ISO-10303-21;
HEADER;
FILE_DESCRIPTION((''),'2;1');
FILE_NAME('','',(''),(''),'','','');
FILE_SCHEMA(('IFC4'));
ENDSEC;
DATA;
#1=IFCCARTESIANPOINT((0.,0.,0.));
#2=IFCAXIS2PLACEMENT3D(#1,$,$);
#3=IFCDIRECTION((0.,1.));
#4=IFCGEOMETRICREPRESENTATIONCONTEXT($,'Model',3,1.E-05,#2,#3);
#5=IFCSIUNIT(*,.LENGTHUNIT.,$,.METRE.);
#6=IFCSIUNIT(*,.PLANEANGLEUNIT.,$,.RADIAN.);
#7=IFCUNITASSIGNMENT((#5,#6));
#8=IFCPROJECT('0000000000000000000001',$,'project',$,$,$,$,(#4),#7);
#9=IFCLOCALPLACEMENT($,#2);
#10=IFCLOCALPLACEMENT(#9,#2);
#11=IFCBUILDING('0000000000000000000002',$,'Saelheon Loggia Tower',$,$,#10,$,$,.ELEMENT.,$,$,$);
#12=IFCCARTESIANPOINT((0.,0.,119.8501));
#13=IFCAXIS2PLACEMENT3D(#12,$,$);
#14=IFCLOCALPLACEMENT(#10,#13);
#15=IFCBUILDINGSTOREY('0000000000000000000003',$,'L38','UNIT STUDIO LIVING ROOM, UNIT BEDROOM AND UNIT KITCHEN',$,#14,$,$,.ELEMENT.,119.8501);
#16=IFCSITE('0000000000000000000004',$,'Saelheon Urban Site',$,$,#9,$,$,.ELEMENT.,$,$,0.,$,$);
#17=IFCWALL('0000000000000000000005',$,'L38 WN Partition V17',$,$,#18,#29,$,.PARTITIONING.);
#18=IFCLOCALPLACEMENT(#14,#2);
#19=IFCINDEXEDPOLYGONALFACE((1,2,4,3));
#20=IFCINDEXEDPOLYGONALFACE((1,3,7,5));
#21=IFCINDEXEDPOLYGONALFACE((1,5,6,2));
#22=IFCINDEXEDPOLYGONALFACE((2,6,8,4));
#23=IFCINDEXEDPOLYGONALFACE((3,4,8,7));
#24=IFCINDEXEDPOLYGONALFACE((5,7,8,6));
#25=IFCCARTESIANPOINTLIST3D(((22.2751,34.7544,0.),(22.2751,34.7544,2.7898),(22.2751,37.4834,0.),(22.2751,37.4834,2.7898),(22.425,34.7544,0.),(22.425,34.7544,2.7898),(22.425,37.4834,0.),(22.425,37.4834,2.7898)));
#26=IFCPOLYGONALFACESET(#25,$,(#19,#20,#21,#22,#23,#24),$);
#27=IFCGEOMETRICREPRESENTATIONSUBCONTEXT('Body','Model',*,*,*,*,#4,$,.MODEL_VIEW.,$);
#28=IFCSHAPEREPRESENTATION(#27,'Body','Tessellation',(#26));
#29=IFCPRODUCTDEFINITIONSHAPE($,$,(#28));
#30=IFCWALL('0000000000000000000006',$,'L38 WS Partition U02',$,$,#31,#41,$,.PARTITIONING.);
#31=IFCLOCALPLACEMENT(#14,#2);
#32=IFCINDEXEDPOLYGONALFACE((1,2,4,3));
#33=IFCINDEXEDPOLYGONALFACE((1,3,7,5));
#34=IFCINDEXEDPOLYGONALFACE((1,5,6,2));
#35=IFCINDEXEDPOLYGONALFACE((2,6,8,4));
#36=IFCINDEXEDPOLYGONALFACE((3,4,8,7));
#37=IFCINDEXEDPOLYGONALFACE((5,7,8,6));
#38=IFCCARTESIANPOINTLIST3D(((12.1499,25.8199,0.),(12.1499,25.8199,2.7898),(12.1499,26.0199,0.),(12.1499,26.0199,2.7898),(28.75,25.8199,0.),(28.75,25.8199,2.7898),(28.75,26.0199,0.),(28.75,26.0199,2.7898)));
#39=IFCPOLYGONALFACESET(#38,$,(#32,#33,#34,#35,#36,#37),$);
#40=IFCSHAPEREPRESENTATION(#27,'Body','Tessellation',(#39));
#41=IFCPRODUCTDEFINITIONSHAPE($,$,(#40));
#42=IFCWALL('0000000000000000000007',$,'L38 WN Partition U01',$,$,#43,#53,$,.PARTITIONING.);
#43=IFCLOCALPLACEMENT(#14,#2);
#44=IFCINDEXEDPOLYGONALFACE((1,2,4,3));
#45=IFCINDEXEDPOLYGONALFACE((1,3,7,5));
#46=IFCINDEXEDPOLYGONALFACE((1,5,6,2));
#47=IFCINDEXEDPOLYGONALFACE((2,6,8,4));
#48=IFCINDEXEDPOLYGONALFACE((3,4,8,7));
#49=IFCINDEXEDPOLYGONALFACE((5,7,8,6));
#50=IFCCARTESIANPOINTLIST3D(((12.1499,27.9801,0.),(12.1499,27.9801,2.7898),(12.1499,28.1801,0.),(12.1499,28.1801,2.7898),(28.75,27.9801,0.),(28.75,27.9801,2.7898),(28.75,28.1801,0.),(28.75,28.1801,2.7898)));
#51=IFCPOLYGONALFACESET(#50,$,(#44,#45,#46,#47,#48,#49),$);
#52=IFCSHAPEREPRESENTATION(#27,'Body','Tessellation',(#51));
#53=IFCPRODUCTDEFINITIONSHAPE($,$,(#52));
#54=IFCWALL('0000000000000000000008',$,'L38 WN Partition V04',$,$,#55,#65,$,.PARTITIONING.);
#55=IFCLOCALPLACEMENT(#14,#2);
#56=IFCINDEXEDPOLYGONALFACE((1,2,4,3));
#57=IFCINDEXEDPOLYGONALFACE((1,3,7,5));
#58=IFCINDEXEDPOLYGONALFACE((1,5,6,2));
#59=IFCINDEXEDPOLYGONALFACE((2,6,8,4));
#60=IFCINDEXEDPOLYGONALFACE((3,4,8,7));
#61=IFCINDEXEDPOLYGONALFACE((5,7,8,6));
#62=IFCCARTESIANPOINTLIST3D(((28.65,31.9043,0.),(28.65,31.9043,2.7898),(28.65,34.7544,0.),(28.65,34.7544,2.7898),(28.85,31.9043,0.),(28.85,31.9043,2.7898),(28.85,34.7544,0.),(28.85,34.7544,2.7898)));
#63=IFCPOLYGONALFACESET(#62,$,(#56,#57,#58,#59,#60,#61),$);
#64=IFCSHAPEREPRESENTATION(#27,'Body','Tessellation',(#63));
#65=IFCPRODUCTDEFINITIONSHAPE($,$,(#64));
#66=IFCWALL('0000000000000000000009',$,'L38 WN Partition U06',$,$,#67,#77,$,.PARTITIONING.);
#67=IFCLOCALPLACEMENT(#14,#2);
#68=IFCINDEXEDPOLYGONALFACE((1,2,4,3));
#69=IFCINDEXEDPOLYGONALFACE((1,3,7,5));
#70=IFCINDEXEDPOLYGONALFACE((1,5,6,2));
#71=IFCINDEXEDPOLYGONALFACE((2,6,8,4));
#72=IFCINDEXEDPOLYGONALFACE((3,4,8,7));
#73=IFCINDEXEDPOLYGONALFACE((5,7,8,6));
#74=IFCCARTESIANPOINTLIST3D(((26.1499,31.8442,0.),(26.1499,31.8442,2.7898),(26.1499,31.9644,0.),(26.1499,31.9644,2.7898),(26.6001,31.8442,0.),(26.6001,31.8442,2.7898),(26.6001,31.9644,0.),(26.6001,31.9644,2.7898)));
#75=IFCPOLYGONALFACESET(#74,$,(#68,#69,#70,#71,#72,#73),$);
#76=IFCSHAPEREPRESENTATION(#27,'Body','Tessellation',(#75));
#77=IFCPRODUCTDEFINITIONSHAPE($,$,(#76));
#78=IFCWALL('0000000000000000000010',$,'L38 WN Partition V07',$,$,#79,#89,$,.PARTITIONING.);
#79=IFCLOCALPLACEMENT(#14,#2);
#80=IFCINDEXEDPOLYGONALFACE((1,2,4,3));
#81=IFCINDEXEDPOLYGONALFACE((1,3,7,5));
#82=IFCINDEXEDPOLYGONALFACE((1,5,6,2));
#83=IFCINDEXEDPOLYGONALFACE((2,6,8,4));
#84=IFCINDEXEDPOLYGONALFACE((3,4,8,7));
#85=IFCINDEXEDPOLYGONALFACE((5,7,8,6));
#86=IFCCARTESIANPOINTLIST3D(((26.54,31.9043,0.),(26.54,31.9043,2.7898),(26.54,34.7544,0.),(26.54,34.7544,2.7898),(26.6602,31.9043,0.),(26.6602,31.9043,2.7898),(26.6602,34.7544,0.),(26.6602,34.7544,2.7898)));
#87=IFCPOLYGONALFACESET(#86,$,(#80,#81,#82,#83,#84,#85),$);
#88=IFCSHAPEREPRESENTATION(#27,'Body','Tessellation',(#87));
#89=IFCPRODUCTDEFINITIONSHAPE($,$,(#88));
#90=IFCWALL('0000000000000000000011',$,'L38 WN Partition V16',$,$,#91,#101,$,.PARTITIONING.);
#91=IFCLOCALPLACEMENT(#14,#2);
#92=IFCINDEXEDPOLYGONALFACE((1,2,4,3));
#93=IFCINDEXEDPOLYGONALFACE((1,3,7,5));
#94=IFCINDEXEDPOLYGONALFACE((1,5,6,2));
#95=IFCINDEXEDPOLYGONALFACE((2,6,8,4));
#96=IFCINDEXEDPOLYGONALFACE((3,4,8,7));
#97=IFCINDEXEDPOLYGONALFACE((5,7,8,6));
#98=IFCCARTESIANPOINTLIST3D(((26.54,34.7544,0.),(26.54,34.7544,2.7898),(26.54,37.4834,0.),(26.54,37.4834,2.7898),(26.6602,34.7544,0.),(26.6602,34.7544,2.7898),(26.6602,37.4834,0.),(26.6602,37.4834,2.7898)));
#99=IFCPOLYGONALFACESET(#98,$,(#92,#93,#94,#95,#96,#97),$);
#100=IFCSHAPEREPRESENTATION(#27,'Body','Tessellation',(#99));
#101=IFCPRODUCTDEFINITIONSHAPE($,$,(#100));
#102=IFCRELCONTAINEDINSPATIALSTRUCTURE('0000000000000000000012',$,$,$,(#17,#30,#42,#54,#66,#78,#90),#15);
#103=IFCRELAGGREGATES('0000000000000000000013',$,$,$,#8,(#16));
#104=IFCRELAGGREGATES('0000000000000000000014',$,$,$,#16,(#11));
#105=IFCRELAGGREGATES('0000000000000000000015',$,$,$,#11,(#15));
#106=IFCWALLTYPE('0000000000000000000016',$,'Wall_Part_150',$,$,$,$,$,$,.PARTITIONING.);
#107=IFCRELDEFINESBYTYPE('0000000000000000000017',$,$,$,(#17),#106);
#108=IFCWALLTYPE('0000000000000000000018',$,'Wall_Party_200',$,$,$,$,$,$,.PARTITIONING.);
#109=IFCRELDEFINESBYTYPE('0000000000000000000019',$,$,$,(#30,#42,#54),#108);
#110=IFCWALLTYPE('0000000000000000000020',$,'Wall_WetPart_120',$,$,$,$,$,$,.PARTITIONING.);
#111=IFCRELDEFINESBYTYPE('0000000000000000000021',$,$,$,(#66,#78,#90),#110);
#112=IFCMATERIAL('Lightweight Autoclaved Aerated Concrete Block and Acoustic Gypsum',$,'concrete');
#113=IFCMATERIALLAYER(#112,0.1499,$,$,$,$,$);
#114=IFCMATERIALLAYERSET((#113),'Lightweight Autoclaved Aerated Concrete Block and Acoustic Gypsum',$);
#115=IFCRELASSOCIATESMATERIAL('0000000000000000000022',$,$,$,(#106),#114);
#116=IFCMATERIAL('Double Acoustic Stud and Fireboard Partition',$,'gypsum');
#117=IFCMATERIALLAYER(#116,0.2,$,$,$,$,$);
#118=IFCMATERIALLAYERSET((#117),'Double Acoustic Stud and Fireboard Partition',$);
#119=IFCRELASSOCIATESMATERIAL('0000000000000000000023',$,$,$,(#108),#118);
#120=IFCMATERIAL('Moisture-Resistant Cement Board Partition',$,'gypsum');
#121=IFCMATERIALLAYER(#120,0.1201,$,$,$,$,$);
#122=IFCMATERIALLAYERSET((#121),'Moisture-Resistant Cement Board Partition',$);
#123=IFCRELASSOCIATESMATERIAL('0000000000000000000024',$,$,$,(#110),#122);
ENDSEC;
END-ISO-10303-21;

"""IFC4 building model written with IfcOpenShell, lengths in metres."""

from ifc_helpers import new_model, si_unit, direction, frame, frame_2d, origin, place, context, subcontext, project, spatial, rectangle, extrude, material, layer, layer_set, type_object, element, save


model = new_model("IFC4")

# Units and contexts
model_context = context("Model", 3, precision=1e-05, world=origin(), true_north=direction((0.0, 1.0)))
body_context = subcontext(model_context, "Body", "Model", "MODEL_VIEW")
ifc_project = project(units=[si_unit("LENGTHUNIT", "METRE"), si_unit("PLANEANGLEUNIT", "RADIAN")], contexts=[model_context])

# Site, building, storey
site_placement = place(None, origin())
site = spatial("IfcSite", under=ifc_project, at=site_placement, Name="Saelheon Urban Site", CompositionType="ELEMENT", RefElevation=0.0)
building_placement = place(site_placement, origin())
building = spatial("IfcBuilding", under=site, at=building_placement, Name="Saelheon Loggia Tower", CompositionType="ELEMENT")
storey_placement = place(building_placement, frame((0.0, 0.0, 119.8501)))
storey = spatial("IfcBuildingStorey", under=building, at=storey_placement, Name="L38", Description="UNIT STUDIO LIVING ROOM, UNIT BEDROOM AND UNIT KITCHEN", CompositionType="ELEMENT", Elevation=119.8501)

# Shared definitions
ifc_material_1 = material(Name="Lightweight Autoclaved Aerated Concrete Block and Acoustic Gypsum", Category="concrete")
ifc_layer_1 = layer(ifc_material_1, 0.1499)
ifc_layer_set_1 = layer_set([ifc_layer_1], Name="Lightweight Autoclaved Aerated Concrete Block and Acoustic Gypsum")
wall_type_1 = type_object("IfcWallType", Name="Wall_Part_150", PredefinedType="PARTITIONING", material=ifc_layer_set_1)

# Walls
wall_1_placement = place(storey_placement, frame((22.3501, 34.7544, 0.0), z_axis=(0.0, 0.0, 1.0), x_axis=(0.0, 1.0, 0.0)))
element("IfcWall", 1, at=wall_1_placement, inside=storey, type_object=wall_type_1, Name="L38 WN Partition V17", PredefinedType="PARTITIONING", context=body_context, shape_type="SweptSolid", body=[
    extrude(rectangle(XDim=2.729, YDim=0.1499, at=frame_2d((1.3645, 0.0))), origin(), (0.0, 0.0, 1.0), 2.7898),
])
ifc_material_2 = material(Name="Double Acoustic Stud and Fireboard Partition", Category="gypsum")
ifc_layer_2 = layer(ifc_material_2, 0.2)
ifc_layer_set_2 = layer_set([ifc_layer_2], Name="Double Acoustic Stud and Fireboard Partition")
wall_type_2 = type_object("IfcWallType", Name="Wall_Party_200", PredefinedType="PARTITIONING", material=ifc_layer_set_2)
for number, where, z_axis, x_axis, name in (
    (2, (28.75, 25.9199, 0.0), (0.0, 0.0, 1.0), (-1.0, 0.0, 0.0), "L38 WS Partition U02"),
    (3, (28.75, 28.0801, 0.0), (0.0, 0.0, 1.0), (-1.0, 0.0, 0.0), "L38 WN Partition U01"),
):
    element("IfcWall", number, at=place(storey_placement, frame(where, z_axis=z_axis, x_axis=x_axis)), inside=storey, type_object=wall_type_2, Name=name, PredefinedType="PARTITIONING", context=body_context, shape_type="SweptSolid", body=[
        extrude(rectangle(XDim=16.6001, YDim=0.2, at=frame_2d((8.3, 0.0))), origin(), (0.0, 0.0, 1.0), 2.7898),
    ])

# Walls
wall_2_placement = place(storey_placement, frame((28.75, 31.9043, 0.0), z_axis=(0.0, 0.0, 1.0), x_axis=(0.0, 1.0, 0.0)))
element("IfcWall", 4, at=wall_2_placement, inside=storey, type_object=wall_type_2, Name="L38 WN Partition V04", PredefinedType="PARTITIONING", context=body_context, shape_type="SweptSolid", body=[
    extrude(rectangle(XDim=2.8501, YDim=0.2, at=frame_2d((1.425, 0.0))), origin(), (0.0, 0.0, 1.0), 2.7898),
])
ifc_material_3 = material(Name="Moisture-Resistant Cement Board Partition", Category="gypsum")
ifc_layer_3 = layer(ifc_material_3, 0.1201)
ifc_layer_set_3 = layer_set([ifc_layer_3], Name="Moisture-Resistant Cement Board Partition")
wall_type_3 = type_object("IfcWallType", Name="Wall_WetPart_120", PredefinedType="PARTITIONING", material=ifc_layer_set_3)
wall_3_placement = place(storey_placement, frame((26.6001, 31.9043, 0.0), z_axis=(0.0, 0.0, 1.0), x_axis=(-1.0, 0.0, 0.0)))
element("IfcWall", 5, at=wall_3_placement, inside=storey, type_object=wall_type_3, Name="L38 WN Partition U06", PredefinedType="PARTITIONING", context=body_context, shape_type="SweptSolid", body=[
    extrude(rectangle(XDim=0.4502, YDim=0.1201, at=frame_2d((0.2251, 0.0))), origin(), (0.0, 0.0, 1.0), 2.7898),
])
wall_4_placement = place(storey_placement, frame((26.6001, 31.9043, 0.0), z_axis=(0.0, 0.0, 1.0), x_axis=(0.0, 1.0, 0.0)))
element("IfcWall", 6, at=wall_4_placement, inside=storey, type_object=wall_type_3, Name="L38 WN Partition V07", PredefinedType="PARTITIONING", context=body_context, shape_type="SweptSolid", body=[
    extrude(rectangle(XDim=2.8501, YDim=0.1201, at=frame_2d((1.425, 0.0))), origin(), (0.0, 0.0, 1.0), 2.7898),
])
wall_5_placement = place(storey_placement, frame((26.6001, 34.7544, 0.0), z_axis=(0.0, 0.0, 1.0), x_axis=(0.0, 1.0, 0.0)))
element("IfcWall", 7, at=wall_5_placement, inside=storey, type_object=wall_type_3, Name="L38 WN Partition V16", PredefinedType="PARTITIONING", context=body_context, shape_type="SweptSolid", body=[
    extrude(rectangle(XDim=2.729, YDim=0.1201, at=frame_2d((1.3645, 0.0))), origin(), (0.0, 0.0, 1.0), 2.7898),
])

save(model, "model.ifc")
